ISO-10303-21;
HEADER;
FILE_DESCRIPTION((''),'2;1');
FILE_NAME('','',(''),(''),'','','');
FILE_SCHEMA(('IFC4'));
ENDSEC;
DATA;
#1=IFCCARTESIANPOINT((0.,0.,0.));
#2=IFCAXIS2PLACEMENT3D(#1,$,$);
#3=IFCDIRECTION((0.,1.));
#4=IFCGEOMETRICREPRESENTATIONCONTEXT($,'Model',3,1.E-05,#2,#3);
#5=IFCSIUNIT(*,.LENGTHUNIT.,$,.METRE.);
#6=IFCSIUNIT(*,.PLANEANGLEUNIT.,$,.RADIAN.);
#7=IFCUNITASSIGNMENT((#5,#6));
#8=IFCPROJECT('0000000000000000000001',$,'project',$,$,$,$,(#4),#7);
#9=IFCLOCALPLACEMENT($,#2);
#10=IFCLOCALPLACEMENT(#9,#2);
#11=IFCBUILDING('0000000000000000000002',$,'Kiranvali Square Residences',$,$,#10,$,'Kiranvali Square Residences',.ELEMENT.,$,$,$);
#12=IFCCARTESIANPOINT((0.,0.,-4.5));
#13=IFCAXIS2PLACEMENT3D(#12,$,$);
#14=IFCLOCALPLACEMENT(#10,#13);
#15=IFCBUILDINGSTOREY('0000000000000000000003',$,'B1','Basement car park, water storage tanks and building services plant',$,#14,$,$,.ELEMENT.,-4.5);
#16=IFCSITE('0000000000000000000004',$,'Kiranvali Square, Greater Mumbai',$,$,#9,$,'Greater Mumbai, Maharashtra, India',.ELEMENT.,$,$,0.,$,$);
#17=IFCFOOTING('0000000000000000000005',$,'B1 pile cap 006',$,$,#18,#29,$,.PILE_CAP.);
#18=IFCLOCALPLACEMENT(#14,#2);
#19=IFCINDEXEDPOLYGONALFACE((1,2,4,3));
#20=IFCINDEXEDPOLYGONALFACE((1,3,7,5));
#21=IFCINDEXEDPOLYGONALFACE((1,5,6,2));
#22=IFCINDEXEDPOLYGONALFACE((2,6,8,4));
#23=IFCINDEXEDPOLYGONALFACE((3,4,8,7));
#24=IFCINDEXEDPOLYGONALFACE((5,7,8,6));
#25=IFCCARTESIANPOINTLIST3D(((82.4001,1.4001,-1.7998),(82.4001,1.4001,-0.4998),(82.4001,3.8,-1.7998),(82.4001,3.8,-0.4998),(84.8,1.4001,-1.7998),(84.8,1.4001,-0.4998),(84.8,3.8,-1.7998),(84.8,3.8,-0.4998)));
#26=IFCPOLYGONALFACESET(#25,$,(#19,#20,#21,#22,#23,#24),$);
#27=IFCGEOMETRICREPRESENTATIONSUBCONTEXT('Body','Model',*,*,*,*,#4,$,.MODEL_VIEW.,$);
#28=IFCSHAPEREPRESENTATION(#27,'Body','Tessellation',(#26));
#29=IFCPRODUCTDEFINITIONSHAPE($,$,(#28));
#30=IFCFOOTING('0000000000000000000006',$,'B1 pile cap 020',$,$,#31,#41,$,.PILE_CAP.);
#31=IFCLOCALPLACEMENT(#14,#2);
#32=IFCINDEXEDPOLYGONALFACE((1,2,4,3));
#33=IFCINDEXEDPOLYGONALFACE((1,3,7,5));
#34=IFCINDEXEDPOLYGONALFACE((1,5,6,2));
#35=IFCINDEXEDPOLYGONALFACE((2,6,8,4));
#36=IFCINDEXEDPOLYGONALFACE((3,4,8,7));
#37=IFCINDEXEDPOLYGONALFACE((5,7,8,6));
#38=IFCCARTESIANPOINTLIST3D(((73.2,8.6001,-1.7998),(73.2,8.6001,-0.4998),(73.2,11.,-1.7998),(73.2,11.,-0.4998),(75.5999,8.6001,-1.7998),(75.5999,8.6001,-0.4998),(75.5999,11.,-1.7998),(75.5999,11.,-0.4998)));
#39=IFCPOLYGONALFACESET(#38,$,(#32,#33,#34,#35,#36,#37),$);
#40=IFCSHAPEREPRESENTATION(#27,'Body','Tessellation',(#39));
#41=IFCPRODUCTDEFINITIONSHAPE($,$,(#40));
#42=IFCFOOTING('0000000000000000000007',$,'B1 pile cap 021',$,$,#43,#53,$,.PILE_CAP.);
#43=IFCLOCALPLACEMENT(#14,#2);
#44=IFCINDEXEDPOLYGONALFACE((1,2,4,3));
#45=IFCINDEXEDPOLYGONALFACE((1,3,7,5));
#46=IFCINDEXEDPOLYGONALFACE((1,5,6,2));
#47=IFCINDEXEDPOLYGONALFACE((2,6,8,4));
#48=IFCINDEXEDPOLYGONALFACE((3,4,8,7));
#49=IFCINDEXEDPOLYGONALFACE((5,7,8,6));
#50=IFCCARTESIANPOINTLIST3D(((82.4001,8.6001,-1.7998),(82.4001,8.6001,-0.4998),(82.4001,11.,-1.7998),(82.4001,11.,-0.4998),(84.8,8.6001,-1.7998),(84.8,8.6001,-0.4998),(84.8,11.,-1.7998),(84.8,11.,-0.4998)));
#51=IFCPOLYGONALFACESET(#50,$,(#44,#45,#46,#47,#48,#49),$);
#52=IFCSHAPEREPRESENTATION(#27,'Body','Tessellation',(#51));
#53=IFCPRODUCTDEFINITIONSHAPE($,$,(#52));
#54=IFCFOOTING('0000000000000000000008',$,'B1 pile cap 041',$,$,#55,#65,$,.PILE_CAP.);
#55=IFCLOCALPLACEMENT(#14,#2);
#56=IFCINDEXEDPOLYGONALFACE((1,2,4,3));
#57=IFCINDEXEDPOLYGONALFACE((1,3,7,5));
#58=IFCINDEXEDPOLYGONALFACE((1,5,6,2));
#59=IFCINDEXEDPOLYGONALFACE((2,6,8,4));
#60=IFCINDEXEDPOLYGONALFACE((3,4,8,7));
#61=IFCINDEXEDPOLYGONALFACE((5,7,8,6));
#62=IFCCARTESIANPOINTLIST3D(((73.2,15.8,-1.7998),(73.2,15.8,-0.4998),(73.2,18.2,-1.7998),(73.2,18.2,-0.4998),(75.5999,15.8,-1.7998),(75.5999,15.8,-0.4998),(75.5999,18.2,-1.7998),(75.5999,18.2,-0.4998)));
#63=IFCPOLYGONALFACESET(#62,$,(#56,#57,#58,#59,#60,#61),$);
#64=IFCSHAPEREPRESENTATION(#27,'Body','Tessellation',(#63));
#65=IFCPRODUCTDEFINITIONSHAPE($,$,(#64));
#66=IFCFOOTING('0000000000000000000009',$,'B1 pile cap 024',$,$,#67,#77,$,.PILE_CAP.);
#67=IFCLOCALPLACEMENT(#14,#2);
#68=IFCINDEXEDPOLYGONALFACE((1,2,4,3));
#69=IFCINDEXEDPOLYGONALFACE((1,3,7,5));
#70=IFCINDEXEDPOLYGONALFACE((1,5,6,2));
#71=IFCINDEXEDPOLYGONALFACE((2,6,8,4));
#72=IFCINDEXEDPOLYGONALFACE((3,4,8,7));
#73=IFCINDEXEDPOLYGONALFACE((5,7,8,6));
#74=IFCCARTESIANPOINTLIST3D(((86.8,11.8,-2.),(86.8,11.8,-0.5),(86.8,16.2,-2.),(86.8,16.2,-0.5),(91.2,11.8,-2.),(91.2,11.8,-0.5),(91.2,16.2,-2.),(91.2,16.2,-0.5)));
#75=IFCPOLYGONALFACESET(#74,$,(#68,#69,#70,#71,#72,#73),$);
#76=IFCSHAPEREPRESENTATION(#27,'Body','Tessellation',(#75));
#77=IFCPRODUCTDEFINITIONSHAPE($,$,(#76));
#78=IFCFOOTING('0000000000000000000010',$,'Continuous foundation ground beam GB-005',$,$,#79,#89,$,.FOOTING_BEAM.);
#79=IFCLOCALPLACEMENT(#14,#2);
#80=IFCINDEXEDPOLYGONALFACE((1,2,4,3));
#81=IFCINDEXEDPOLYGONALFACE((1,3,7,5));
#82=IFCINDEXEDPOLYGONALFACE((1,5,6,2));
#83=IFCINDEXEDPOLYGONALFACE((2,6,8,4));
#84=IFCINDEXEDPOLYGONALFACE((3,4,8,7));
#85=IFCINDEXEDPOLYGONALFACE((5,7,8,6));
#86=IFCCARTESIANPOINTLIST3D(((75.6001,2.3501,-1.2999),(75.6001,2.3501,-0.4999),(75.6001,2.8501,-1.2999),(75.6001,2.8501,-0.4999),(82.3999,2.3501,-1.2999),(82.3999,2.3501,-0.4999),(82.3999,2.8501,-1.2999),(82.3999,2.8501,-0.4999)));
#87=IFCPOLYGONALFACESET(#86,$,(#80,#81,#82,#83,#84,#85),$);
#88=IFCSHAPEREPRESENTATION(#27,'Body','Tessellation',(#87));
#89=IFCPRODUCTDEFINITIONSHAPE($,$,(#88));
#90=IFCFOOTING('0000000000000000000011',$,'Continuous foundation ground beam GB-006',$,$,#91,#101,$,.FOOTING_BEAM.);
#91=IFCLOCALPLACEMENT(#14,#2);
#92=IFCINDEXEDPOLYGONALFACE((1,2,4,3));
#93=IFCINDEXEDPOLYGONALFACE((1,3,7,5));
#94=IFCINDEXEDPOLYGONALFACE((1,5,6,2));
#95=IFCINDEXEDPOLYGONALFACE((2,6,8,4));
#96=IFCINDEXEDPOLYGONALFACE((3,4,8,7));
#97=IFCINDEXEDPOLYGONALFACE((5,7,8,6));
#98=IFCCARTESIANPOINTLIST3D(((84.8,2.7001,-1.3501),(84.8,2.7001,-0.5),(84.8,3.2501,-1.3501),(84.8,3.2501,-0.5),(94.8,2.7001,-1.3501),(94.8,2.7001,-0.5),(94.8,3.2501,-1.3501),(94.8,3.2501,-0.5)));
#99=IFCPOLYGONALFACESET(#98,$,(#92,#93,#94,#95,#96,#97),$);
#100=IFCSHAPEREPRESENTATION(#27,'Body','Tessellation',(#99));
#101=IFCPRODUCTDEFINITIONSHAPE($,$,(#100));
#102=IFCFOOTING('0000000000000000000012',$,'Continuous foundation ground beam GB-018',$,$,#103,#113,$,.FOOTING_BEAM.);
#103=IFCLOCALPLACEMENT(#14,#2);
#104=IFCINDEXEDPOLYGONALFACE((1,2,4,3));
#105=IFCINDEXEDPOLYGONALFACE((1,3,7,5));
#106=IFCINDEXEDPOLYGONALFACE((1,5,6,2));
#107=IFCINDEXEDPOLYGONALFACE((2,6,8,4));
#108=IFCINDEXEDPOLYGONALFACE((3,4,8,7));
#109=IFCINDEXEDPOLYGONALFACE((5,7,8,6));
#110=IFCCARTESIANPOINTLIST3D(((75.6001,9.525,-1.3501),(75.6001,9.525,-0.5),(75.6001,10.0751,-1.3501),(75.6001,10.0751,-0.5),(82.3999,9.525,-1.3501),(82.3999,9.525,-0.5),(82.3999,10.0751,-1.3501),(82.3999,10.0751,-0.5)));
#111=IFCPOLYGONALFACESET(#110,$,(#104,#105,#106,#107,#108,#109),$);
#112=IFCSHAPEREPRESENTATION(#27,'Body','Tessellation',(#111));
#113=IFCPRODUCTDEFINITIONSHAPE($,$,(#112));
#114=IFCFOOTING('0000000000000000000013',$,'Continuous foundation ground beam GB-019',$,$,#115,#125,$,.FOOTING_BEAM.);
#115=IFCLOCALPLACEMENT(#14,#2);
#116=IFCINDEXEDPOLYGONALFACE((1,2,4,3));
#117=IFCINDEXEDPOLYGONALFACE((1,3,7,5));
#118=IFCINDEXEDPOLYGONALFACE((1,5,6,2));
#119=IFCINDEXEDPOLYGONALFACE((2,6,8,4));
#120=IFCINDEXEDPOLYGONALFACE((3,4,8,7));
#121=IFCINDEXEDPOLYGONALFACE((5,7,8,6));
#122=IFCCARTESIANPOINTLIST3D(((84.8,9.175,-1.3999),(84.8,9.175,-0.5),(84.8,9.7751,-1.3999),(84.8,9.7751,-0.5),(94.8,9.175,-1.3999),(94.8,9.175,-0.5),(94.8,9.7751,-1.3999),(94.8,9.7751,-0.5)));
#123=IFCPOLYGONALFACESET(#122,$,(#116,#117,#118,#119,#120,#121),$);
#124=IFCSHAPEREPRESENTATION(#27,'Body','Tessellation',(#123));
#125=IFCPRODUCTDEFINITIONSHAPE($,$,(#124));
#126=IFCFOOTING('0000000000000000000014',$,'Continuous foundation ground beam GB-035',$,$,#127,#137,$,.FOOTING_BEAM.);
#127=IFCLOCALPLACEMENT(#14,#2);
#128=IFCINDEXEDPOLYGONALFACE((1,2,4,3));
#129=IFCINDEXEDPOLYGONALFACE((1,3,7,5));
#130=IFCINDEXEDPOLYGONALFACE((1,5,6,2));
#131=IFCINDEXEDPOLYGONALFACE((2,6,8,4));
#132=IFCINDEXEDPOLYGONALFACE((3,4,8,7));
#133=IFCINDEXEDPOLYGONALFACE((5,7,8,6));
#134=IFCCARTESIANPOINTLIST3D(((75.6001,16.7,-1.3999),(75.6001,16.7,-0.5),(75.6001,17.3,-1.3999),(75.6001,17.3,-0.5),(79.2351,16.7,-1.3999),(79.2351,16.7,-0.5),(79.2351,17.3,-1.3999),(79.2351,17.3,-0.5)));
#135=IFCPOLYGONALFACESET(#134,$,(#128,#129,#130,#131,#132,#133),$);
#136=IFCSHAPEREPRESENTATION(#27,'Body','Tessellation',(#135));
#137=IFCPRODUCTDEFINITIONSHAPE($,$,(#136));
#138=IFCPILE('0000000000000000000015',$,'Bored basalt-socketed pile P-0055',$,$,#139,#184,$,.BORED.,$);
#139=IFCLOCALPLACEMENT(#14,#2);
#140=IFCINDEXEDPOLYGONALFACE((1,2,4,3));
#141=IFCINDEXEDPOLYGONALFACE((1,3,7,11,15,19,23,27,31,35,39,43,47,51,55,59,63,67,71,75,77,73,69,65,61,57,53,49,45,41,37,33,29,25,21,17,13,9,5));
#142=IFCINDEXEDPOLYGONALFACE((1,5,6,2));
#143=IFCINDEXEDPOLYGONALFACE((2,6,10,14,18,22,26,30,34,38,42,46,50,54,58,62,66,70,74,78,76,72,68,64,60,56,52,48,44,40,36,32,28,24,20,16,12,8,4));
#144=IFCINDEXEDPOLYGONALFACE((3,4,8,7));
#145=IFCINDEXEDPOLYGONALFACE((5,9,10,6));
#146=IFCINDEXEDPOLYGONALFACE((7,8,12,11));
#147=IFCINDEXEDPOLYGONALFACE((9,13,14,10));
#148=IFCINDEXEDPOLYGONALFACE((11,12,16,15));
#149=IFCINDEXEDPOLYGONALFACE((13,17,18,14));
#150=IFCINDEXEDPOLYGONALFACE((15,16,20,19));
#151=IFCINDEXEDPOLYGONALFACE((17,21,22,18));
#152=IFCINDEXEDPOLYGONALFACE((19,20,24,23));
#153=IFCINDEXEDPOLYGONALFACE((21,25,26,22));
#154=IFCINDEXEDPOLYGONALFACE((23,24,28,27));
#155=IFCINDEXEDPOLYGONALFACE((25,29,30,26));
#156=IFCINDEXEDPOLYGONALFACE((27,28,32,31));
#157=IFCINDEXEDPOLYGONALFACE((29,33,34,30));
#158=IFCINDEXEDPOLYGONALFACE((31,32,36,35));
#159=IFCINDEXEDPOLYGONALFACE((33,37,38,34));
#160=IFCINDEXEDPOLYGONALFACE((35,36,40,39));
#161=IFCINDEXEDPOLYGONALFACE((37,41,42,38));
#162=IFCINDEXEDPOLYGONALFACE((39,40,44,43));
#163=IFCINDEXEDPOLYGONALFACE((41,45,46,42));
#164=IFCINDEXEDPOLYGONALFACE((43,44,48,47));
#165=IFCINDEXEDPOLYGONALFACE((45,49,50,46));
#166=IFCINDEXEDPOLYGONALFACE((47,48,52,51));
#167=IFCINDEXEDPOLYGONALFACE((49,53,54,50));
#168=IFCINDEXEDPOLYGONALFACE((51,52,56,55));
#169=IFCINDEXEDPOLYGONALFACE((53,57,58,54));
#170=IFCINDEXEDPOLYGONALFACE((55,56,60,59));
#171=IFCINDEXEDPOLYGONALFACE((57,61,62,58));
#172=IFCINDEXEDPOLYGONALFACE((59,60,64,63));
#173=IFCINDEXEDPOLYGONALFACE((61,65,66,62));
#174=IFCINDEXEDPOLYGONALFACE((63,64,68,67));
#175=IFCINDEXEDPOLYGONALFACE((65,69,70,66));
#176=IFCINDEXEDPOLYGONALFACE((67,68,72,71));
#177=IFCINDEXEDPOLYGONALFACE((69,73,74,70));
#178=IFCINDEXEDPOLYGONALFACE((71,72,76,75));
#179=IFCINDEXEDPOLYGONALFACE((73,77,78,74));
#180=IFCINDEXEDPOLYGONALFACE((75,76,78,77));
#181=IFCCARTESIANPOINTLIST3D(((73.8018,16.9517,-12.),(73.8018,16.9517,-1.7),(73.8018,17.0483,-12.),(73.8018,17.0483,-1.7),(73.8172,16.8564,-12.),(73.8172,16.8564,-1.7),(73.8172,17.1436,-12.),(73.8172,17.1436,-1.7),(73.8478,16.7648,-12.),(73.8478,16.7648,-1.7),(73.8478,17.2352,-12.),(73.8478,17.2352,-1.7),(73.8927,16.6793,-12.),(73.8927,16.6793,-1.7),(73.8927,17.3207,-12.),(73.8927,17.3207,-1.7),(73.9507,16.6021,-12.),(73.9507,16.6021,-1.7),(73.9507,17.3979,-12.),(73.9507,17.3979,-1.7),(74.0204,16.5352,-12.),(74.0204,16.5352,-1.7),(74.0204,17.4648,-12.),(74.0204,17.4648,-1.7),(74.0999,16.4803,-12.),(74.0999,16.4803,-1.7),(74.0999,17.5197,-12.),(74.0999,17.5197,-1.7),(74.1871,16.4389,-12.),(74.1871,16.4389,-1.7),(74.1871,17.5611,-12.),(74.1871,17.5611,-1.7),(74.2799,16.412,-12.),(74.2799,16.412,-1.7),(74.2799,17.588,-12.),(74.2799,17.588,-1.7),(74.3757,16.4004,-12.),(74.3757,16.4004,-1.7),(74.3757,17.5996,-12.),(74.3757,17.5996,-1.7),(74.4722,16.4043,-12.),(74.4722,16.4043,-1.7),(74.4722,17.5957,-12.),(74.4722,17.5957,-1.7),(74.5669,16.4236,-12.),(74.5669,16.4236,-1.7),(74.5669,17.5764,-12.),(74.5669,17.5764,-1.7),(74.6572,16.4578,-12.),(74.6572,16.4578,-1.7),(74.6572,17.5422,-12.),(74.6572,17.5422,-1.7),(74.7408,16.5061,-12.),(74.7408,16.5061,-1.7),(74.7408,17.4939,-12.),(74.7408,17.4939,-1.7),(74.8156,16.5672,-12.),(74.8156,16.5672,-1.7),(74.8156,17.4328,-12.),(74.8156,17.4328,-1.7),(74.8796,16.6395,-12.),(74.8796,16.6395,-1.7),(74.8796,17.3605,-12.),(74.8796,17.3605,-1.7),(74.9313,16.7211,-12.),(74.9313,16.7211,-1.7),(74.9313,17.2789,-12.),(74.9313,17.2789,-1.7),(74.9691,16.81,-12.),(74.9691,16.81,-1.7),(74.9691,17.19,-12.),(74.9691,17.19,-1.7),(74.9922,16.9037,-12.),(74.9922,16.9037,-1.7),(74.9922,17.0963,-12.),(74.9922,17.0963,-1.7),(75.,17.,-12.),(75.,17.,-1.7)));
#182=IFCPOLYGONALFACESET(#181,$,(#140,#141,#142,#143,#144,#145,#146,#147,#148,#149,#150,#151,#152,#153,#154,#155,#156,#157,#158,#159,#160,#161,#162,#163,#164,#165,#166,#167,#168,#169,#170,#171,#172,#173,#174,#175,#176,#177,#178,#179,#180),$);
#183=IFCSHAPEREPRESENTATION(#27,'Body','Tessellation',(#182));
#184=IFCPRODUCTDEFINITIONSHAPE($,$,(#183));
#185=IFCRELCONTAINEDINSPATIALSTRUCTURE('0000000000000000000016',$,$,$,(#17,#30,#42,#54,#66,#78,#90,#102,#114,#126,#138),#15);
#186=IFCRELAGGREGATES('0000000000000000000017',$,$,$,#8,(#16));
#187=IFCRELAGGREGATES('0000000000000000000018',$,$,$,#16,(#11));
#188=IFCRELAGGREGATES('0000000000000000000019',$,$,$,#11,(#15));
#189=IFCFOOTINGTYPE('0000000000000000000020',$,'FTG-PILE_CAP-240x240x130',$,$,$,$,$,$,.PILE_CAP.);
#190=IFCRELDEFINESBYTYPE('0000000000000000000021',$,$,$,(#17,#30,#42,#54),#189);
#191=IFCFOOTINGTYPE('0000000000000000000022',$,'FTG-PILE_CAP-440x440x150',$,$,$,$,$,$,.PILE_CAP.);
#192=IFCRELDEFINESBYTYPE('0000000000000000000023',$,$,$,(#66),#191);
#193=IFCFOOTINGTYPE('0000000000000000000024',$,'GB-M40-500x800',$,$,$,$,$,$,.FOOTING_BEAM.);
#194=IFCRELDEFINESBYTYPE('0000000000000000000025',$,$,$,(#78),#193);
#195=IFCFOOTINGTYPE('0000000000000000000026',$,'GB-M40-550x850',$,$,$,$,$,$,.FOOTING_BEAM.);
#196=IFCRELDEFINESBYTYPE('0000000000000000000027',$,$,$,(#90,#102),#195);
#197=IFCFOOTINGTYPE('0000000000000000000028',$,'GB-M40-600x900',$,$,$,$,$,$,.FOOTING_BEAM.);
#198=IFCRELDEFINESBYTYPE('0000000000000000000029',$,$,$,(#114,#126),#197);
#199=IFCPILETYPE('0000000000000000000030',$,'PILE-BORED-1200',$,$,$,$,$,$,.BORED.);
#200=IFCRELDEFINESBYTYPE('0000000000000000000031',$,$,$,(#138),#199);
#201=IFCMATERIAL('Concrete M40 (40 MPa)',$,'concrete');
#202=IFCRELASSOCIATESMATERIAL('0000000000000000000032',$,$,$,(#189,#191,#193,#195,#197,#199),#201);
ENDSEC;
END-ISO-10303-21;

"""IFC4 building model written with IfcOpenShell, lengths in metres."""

from ifc_helpers import new_model, si_unit, direction, frame, origin, origin_2d, place, context, subcontext, project, spatial, rectangle, circle, extrude, material, material_profile, profile_set, type_object, element, save


model = new_model("IFC4")

# Units and contexts
model_context = context("Model", 3, precision=1e-05, world=origin(), true_north=direction((0.0, 1.0)))
body_context = subcontext(model_context, "Body", "Model", "MODEL_VIEW")
ifc_project = project(units=[si_unit("LENGTHUNIT", "METRE"), si_unit("PLANEANGLEUNIT", "RADIAN")], contexts=[model_context])

# Site, building, storey
site_placement = place(None, origin())
site = spatial("IfcSite", under=ifc_project, at=site_placement, Name="Kiranvali Square, Greater Mumbai", LongName="Greater Mumbai, Maharashtra, India", CompositionType="ELEMENT", RefElevation=0.0)
building_placement = place(site_placement, origin())
building = spatial("IfcBuilding", under=site, at=building_placement, Name="Kiranvali Square Residences", LongName="Kiranvali Square Residences", CompositionType="ELEMENT")
storey_placement = place(building_placement, frame((0.0, 0.0, -4.5)))
storey = spatial("IfcBuildingStorey", under=building, at=storey_placement, Name="B1", Description="Basement car park, water storage tanks and building services plant", CompositionType="ELEMENT", Elevation=-4.5)

# Footings
ifc_material_1 = material(Name="Concrete M40 (40 MPa)", Category="concrete")
footing_type_1 = type_object("IfcFootingType", Name="FTG-PILE_CAP-240x240x130", PredefinedType="PILE_CAP", material=ifc_material_1)
for number, where, z_axis, x_axis, name in (
    (1, (83.6001, 2.6001, -1.7998), (0.0, 0.0, 1.0), (1.0, 0.0, 0.0), "B1 pile cap 006"),
    (2, (74.3999, 9.8, -1.7998), (0.0, 0.0, 1.0), (1.0, 0.0, 0.0), "B1 pile cap 020"),
    (3, (83.6001, 9.8, -1.7998), (0.0, 0.0, 1.0), (1.0, 0.0, 0.0), "B1 pile cap 021"),
    (4, (74.3999, 17.0, -1.7998), (0.0, 0.0, 1.0), (1.0, 0.0, 0.0), "B1 pile cap 041"),
):
    element("IfcFooting", number, at=place(storey_placement, frame(where, z_axis=z_axis, x_axis=x_axis)), inside=storey, type_object=footing_type_1, Name=name, PredefinedType="PILE_CAP", context=body_context, shape_type="SweptSolid", body=[
        extrude(rectangle(XDim=2.3999, YDim=2.3999, at=origin_2d()), origin(), (0.0, 0.0, 1.0), 1.3),
    ])
footing_type_2 = type_object("IfcFootingType", Name="FTG-PILE_CAP-440x440x150", PredefinedType="PILE_CAP", material=ifc_material_1)
footing_1_placement = place(storey_placement, frame((89.0, 14.0, -2.0), z_axis=(0.0, 0.0, 1.0), x_axis=(1.0, 0.0, 0.0)))
element("IfcFooting", 5, at=footing_1_placement, inside=storey, type_object=footing_type_2, Name="B1 pile cap 024", PredefinedType="PILE_CAP", context=body_context, shape_type="SweptSolid", body=[
    extrude(rectangle(XDim=4.3999, YDim=4.3999, at=origin_2d()), origin(), (0.0, 0.0, 1.0), 1.5),
])
ifc_material_profile_1 = material_profile(ifc_material_1, rectangle(XDim=0.5, YDim=0.8, at=origin_2d()), Name="GB 500x800")
ifc_profile_set_1 = profile_set([ifc_material_profile_1], Name="Concrete M40 (40 MPa)")
footing_type_3 = type_object("IfcFootingType", Name="GB-M40-500x800", PredefinedType="FOOTING_BEAM", material=ifc_profile_set_1)
footing_2_placement = place(storey_placement, frame((75.6001, 2.6001, -0.8999), z_axis=(1.0, 0.0, 0.0), x_axis=(0.0, 1.0, 0.0)))
element("IfcFooting", 6, at=footing_2_placement, inside=storey, type_object=footing_type_3, Name="Continuous foundation ground beam GB-005", PredefinedType="FOOTING_BEAM", context=body_context, shape_type="SweptSolid", body=[
    extrude(rectangle(XDim=0.5, YDim=0.8, at=origin_2d()), origin(), (0.0, 0.0, 1.0), 6.7998),
])
ifc_material_profile_2 = material_profile(ifc_material_1, rectangle(XDim=0.55, YDim=0.8501, at=origin_2d()), Name="GB 550x850")
ifc_profile_set_2 = profile_set([ifc_material_profile_2], Name="Concrete M40 (40 MPa)")
footing_type_4 = type_object("IfcFootingType", Name="GB-M40-550x850", PredefinedType="FOOTING_BEAM", material=ifc_profile_set_2)
footing_3_placement = place(storey_placement, frame((84.8, 2.9751, -0.925), z_axis=(1.0, 0.0, 0.0), x_axis=(0.0, 1.0, 0.0)))
element("IfcFooting", 7, at=footing_3_placement, inside=storey, type_object=footing_type_4, Name="Continuous foundation ground beam GB-006", PredefinedType="FOOTING_BEAM", context=body_context, shape_type="SweptSolid", body=[
    extrude(rectangle(XDim=0.55, YDim=0.8501, at=origin_2d()), origin(), (0.0, 0.0, 1.0), 10.0),
])
footing_4_placement = place(storey_placement, frame((75.6001, 9.8, -0.925), z_axis=(1.0, 0.0, 0.0), x_axis=(0.0, 1.0, 0.0)))
element("IfcFooting", 8, at=footing_4_placement, inside=storey, type_object=footing_type_4, Name="Continuous foundation ground beam GB-018", PredefinedType="FOOTING_BEAM", context=body_context, shape_type="SweptSolid", body=[
    extrude(rectangle(XDim=0.55, YDim=0.8501, at=origin_2d()), origin(), (0.0, 0.0, 1.0), 6.7998),
])
ifc_material_profile_3 = material_profile(ifc_material_1, rectangle(XDim=0.6001, YDim=0.8999, at=origin_2d()), Name="GB 600x900")
ifc_profile_set_3 = profile_set([ifc_material_profile_3], Name="Concrete M40 (40 MPa)")
footing_type_5 = type_object("IfcFootingType", Name="GB-M40-600x900", PredefinedType="FOOTING_BEAM", material=ifc_profile_set_3)
footing_5_placement = place(storey_placement, frame((84.8, 9.4751, -0.95), z_axis=(1.0, 0.0, 0.0), x_axis=(0.0, 1.0, 0.0)))
element("IfcFooting", 9, at=footing_5_placement, inside=storey, type_object=footing_type_5, Name="Continuous foundation ground beam GB-019", PredefinedType="FOOTING_BEAM", context=body_context, shape_type="SweptSolid", body=[
    extrude(rectangle(XDim=0.6001, YDim=0.8999, at=origin_2d()), origin(), (0.0, 0.0, 1.0), 10.0),
])
footing_6_placement = place(storey_placement, frame((75.6001, 17.0, -0.95), z_axis=(1.0, 0.0, 0.0), x_axis=(0.0, 1.0, 0.0)))
element("IfcFooting", 10, at=footing_6_placement, inside=storey, type_object=footing_type_5, Name="Continuous foundation ground beam GB-035", PredefinedType="FOOTING_BEAM", context=body_context, shape_type="SweptSolid", body=[
    extrude(rectangle(XDim=0.6001, YDim=0.8999, at=origin_2d()), origin(), (0.0, 0.0, 1.0), 3.635),
])

# Pile
ifc_material_profile_4 = material_profile(ifc_material_1, circle(Radius=0.6001, at=origin_2d()), Name="BORED PILE 1200")
ifc_profile_set_4 = profile_set([ifc_material_profile_4], Name="Concrete M40 (40 MPa)")
pile_type_1 = type_object("IfcPileType", Name="PILE-BORED-1200", PredefinedType="BORED", material=ifc_profile_set_4)
pile_1_placement = place(storey_placement, frame((74.3999, 17.0, -1.7), z_axis=(0.0, 0.0, -1.0), x_axis=(1.0, 0.0, 0.0)))
element("IfcPile", 11, at=pile_1_placement, inside=storey, type_object=pile_type_1, Name="Bored basalt-socketed pile P-0055", PredefinedType="BORED", context=body_context, shape_type="SweptSolid", body=[
    extrude(circle(Radius=0.6001, at=origin_2d()), origin(), (0.0, 0.0, 1.0), 10.3),
])

save(model, "model.ifc")
